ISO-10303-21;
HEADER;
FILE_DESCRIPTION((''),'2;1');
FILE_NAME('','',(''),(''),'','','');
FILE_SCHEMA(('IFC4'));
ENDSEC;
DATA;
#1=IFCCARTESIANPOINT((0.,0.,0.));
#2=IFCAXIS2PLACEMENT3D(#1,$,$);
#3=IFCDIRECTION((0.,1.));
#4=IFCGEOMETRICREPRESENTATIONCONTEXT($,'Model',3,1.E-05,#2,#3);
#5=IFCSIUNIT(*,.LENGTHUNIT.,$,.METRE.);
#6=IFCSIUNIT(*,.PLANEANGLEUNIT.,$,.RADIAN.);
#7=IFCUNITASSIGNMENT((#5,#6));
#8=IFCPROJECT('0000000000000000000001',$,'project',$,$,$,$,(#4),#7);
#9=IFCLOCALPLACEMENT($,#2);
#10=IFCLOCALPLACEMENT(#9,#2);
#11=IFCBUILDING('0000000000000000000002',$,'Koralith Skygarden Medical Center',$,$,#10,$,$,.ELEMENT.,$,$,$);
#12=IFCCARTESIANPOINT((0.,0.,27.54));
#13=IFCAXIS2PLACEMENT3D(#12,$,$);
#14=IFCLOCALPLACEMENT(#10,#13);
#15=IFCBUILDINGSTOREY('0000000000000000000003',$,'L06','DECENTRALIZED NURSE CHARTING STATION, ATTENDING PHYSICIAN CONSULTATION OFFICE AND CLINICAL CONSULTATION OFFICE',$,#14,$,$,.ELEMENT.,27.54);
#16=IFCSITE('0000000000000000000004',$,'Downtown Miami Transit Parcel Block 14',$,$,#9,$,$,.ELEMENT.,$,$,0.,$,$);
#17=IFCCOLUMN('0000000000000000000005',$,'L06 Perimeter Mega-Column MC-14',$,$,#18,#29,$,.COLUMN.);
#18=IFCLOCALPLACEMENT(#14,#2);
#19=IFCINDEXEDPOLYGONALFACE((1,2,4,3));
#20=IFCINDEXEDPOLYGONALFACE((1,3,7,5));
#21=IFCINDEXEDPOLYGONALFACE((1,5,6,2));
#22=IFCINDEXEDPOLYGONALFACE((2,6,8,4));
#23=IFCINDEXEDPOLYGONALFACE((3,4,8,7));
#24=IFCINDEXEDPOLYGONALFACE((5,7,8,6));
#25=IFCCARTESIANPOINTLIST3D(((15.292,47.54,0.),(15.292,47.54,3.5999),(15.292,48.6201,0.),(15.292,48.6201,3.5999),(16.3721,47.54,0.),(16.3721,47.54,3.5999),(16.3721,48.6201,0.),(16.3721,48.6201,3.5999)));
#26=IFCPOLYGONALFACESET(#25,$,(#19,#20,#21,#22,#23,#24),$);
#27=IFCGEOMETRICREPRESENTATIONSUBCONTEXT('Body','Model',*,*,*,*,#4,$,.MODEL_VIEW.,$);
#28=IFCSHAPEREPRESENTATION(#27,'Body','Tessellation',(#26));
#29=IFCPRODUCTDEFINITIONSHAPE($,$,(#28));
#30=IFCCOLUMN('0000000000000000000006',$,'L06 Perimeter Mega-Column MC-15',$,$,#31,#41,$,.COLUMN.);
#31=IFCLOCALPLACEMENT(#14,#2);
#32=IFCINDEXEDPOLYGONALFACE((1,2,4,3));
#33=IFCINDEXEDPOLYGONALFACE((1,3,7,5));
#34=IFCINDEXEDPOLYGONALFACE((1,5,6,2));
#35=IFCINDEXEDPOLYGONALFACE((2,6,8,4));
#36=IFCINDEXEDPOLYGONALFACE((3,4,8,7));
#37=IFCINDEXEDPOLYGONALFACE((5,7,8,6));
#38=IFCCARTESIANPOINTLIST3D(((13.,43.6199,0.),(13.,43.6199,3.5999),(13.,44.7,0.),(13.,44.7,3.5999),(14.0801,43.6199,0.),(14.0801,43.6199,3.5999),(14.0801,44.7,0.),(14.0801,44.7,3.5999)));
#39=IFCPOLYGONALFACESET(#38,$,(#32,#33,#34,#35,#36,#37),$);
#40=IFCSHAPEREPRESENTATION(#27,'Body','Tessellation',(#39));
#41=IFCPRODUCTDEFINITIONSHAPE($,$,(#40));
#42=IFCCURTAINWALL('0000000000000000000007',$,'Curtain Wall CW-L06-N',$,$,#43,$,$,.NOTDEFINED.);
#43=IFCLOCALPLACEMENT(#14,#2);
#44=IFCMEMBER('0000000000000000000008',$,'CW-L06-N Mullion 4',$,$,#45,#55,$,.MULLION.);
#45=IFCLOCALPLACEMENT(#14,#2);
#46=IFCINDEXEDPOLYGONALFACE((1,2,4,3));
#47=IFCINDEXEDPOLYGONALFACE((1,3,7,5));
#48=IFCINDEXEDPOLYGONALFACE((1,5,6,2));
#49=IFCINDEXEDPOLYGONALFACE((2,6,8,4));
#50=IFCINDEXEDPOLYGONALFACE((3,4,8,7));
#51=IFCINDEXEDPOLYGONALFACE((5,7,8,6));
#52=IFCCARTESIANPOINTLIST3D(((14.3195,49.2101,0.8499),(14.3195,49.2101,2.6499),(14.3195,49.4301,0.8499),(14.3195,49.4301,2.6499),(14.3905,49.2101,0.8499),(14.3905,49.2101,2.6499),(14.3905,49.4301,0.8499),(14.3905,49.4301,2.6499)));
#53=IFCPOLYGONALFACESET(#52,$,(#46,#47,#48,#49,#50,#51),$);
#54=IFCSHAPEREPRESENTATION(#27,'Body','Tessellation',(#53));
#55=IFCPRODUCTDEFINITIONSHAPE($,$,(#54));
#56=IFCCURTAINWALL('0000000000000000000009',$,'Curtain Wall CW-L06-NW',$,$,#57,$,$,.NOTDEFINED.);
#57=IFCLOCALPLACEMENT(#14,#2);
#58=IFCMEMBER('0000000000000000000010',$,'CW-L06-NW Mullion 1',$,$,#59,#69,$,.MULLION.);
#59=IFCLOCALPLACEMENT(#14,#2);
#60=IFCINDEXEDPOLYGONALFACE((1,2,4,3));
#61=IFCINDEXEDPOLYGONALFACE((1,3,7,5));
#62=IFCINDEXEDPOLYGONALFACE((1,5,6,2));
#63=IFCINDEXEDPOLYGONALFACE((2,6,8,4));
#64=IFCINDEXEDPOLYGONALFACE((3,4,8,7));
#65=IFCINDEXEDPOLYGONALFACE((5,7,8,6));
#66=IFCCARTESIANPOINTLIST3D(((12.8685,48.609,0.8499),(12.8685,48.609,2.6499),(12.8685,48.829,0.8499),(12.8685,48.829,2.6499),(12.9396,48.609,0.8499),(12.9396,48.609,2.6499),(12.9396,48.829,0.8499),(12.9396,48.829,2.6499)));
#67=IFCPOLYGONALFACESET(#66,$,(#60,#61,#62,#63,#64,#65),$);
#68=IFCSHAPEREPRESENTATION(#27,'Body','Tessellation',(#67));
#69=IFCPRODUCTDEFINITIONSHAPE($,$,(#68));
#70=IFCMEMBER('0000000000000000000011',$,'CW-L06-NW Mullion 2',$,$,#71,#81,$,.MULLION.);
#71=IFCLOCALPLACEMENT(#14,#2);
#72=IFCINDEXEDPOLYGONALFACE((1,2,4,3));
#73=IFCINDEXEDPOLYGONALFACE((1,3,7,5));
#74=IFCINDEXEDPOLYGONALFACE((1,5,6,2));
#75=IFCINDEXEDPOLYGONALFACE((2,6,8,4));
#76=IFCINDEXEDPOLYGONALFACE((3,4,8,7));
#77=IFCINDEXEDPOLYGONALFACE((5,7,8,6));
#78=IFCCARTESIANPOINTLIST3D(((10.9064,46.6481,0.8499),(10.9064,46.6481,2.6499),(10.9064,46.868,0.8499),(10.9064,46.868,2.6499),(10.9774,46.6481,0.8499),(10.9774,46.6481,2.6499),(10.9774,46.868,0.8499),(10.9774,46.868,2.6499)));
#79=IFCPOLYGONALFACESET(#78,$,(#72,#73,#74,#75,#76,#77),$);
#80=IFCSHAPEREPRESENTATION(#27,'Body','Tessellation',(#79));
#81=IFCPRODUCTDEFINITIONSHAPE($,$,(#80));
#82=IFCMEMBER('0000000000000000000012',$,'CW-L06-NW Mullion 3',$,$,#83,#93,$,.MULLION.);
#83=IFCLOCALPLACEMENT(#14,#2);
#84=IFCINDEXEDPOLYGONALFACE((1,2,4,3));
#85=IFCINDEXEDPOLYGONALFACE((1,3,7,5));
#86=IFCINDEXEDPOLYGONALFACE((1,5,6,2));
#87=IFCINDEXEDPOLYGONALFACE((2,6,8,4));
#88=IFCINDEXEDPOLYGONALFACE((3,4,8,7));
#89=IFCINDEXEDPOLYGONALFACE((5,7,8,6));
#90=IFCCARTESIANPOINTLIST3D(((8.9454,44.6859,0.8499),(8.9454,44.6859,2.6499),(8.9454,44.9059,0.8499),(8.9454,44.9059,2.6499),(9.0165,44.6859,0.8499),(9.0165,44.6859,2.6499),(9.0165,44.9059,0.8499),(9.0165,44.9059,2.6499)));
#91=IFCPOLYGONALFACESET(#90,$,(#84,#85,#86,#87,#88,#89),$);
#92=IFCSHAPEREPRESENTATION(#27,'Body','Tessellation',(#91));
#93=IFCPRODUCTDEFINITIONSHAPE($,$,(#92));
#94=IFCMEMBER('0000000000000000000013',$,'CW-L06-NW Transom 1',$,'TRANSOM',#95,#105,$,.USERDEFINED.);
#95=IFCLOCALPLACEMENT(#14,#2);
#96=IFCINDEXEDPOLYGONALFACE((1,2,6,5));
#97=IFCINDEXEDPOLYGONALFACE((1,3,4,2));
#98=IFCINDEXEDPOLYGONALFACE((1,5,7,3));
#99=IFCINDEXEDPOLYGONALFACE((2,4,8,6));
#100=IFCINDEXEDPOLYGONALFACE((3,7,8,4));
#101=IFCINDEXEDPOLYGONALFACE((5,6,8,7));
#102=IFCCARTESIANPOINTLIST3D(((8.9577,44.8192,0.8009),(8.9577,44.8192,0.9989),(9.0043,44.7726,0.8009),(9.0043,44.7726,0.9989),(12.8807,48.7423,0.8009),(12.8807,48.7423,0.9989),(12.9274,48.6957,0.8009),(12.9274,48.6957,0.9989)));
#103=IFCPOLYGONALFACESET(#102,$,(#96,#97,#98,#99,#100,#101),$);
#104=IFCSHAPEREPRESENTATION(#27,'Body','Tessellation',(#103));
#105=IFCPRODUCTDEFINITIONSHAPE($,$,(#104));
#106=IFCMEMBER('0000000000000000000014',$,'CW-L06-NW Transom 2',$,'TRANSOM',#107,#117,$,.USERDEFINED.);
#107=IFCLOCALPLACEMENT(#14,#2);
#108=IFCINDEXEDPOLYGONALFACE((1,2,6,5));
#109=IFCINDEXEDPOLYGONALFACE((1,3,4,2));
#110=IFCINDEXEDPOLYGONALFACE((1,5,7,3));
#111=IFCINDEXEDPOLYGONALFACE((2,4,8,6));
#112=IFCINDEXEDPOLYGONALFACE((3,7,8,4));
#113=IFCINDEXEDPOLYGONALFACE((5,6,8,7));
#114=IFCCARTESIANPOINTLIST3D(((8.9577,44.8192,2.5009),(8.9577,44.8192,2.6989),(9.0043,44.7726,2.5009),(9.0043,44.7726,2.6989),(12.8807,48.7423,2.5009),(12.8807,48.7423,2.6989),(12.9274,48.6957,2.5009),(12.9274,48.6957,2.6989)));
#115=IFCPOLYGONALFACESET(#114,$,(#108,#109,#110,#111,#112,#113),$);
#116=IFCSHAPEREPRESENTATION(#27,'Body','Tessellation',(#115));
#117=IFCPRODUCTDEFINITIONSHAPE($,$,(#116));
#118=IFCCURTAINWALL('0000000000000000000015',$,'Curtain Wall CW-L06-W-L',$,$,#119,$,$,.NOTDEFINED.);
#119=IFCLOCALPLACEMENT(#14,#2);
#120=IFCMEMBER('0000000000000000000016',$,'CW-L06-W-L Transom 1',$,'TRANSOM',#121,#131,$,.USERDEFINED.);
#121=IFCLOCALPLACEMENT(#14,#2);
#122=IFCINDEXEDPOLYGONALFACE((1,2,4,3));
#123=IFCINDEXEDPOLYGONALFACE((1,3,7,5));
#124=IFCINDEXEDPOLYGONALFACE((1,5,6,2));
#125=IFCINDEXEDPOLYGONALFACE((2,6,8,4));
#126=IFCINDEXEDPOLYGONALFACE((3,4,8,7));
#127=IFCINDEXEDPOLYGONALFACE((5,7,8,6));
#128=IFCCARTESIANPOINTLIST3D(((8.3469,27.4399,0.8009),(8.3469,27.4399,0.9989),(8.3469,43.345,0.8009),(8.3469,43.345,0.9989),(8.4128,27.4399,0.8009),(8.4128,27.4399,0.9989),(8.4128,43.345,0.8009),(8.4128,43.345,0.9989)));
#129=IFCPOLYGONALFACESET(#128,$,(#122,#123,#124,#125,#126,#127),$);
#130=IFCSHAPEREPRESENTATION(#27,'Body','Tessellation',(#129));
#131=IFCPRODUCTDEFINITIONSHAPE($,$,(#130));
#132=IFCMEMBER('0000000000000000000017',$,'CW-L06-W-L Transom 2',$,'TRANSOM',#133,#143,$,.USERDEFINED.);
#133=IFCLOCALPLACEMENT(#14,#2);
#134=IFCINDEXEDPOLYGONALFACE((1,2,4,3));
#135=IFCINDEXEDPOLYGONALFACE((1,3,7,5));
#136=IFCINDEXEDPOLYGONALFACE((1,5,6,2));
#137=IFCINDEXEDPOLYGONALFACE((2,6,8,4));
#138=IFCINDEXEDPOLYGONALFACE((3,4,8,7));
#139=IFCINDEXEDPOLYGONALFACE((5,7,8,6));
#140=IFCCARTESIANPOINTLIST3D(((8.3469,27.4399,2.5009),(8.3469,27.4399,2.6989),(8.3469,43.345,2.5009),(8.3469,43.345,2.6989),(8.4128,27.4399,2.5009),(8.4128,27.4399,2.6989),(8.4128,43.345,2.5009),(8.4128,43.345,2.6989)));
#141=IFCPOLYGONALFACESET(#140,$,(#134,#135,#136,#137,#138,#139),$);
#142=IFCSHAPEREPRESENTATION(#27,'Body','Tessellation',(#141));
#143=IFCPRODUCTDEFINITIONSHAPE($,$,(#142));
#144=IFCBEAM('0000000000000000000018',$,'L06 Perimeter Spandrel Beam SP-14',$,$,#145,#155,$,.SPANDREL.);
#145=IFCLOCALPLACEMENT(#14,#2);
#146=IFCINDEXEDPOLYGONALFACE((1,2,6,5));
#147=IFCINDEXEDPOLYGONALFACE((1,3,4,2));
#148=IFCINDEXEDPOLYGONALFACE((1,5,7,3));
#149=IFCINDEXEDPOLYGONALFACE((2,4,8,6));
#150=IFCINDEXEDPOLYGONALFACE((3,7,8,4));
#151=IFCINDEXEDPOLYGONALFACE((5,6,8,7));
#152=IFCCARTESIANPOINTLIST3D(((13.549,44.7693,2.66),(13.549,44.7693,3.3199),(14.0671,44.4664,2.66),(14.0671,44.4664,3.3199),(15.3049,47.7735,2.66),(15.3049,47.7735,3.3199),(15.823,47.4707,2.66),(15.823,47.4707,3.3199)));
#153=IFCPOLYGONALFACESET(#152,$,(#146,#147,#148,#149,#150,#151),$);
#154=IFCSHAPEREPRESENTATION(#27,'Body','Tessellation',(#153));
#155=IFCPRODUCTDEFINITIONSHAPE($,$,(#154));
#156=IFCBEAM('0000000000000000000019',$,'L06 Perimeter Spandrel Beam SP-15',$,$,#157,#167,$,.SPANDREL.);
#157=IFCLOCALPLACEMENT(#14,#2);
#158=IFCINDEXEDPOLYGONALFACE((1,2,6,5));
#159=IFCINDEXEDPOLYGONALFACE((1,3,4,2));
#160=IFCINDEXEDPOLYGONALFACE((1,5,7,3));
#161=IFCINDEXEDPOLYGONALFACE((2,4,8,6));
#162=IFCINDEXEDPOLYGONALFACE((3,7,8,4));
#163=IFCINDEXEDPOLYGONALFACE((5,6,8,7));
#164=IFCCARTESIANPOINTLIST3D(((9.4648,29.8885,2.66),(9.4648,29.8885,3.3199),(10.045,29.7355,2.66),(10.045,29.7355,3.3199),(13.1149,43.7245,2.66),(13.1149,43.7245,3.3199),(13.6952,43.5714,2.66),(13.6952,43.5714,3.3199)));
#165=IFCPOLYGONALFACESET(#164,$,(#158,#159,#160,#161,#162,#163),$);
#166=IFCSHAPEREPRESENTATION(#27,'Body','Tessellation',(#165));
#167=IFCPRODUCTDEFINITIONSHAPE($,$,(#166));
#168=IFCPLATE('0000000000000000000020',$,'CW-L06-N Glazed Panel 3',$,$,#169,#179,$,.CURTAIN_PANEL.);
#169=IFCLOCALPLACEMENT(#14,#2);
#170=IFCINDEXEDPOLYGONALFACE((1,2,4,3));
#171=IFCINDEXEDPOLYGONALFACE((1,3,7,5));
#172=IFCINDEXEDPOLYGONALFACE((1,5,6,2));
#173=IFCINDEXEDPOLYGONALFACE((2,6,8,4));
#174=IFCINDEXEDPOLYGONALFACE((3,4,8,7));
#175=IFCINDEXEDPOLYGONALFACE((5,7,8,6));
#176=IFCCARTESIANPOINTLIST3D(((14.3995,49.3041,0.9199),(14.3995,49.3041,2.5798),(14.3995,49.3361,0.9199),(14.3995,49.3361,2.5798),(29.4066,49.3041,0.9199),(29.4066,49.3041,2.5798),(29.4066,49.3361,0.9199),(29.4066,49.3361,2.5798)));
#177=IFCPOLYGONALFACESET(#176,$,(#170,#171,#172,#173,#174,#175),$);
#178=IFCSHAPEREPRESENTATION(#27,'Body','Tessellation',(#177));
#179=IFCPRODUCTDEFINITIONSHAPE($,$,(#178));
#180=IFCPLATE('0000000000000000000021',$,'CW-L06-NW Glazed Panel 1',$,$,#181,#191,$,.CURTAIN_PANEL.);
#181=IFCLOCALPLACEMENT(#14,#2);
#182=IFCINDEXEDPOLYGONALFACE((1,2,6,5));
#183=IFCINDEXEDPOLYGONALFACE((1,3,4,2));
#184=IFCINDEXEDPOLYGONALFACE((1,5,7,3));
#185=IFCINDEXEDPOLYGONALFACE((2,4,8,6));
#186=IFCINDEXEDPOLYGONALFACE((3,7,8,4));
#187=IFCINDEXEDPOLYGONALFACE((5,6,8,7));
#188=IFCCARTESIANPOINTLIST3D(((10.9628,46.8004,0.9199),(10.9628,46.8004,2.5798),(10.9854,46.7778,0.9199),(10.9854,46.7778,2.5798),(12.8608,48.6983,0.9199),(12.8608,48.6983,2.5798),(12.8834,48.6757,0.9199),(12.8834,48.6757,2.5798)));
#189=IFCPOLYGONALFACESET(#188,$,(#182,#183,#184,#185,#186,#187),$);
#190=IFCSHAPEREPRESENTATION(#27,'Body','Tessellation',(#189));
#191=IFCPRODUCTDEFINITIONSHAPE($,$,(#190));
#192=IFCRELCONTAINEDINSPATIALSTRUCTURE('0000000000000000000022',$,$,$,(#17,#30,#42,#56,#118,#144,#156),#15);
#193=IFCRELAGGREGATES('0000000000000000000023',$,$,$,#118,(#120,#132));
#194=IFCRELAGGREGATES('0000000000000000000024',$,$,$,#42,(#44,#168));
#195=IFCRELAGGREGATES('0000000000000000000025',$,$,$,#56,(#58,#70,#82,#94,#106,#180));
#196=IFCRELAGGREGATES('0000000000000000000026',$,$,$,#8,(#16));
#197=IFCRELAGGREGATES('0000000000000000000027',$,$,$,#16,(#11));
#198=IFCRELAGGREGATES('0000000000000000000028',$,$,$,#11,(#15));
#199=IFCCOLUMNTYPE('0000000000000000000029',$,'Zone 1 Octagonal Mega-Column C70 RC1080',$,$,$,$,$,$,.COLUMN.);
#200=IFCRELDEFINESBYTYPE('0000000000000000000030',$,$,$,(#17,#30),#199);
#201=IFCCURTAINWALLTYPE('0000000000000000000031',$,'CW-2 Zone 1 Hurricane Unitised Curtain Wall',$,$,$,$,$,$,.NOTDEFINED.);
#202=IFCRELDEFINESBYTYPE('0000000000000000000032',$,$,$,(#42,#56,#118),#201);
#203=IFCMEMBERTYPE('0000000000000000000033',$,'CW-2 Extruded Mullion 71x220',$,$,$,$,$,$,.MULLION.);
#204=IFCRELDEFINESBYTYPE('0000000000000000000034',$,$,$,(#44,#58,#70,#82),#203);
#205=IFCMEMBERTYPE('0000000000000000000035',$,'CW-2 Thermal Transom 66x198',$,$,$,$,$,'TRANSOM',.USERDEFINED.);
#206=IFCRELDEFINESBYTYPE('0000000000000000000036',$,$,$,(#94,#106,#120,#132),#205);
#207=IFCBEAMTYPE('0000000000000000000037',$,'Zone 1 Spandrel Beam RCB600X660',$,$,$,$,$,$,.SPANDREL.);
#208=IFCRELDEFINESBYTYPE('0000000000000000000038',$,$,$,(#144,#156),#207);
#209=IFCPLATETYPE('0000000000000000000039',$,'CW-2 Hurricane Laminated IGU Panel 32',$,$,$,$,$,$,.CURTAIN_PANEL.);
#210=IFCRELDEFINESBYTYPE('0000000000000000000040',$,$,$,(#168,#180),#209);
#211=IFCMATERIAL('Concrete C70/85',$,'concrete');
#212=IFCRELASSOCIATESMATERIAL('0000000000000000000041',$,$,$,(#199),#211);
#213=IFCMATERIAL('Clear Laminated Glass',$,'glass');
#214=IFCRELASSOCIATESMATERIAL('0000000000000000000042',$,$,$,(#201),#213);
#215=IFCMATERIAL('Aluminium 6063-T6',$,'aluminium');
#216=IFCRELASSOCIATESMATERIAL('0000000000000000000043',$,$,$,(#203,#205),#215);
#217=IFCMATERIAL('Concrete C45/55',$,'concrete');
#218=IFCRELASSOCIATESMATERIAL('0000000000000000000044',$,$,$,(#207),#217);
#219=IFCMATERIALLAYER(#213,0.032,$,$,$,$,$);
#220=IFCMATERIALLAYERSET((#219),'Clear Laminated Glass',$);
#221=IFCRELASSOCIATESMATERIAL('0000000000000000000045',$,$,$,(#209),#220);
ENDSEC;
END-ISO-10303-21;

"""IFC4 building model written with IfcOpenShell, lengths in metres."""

from ifc_helpers import new_model, si_unit, direction, frame, origin, origin_2d, place, context, subcontext, project, spatial, rectangle, extrude, material, layer, layer_set, material_profile, profile_set, type_object, element, aggregate, save


model = new_model("IFC4")

# Units and contexts
model_context = context("Model", 3, precision=1e-05, world=origin(), true_north=direction((0.0, 1.0)))
body_context = subcontext(model_context, "Body", "Model", "MODEL_VIEW")
ifc_project = project(units=[si_unit("LENGTHUNIT", "METRE"), si_unit("PLANEANGLEUNIT", "RADIAN")], contexts=[model_context])

# Site, building, storey
site_placement = place(None, origin())
site = spatial("IfcSite", under=ifc_project, at=site_placement, Name="Downtown Miami Transit Parcel Block 14", CompositionType="ELEMENT", RefElevation=0.0)
building_placement = place(site_placement, origin())
building = spatial("IfcBuilding", under=site, at=building_placement, Name="Koralith Skygarden Medical Center", CompositionType="ELEMENT")
storey_placement = place(building_placement, frame((0.0, 0.0, 27.54)))
storey = spatial("IfcBuildingStorey", under=building, at=storey_placement, Name="L06", Description="DECENTRALIZED NURSE CHARTING STATION, ATTENDING PHYSICIAN CONSULTATION OFFICE AND CLINICAL CONSULTATION OFFICE", CompositionType="ELEMENT", Elevation=27.54)

# Columns
ifc_material_1 = material(Name="Concrete C70/85", Category="concrete")
ifc_material_profile_1 = material_profile(ifc_material_1, rectangle(XDim=1.0801, YDim=1.0801, at=origin_2d()), Name="RC1080X1080")
ifc_profile_set_1 = profile_set([ifc_material_profile_1], Name="Concrete C70/85")
column_type = type_object("IfcColumnType", Name="Zone 1 Octagonal Mega-Column C70 RC1080", PredefinedType="COLUMN", material=ifc_profile_set_1)
for number, where, z_axis, x_axis, name in (
    (1, (15.832, 48.0801, 0.0), (0.0, 0.0, 1.0), (1.0, 0.0, 0.0), "L06 Perimeter Mega-Column MC-14"),
    (2, (13.54, 44.1599, 0.0), (0.0, 0.0, 1.0), (1.0, 0.0, 0.0), "L06 Perimeter Mega-Column MC-15"),
):
    element("IfcColumn", number, at=place(storey_placement, frame(where, z_axis=z_axis, x_axis=x_axis)), inside=storey, type_object=column_type, Name=name, PredefinedType="COLUMN", context=body_context, shape_type="SweptSolid", body=[
        extrude(rectangle(XDim=1.0801, YDim=1.0801, at=origin_2d()), origin(), (0.0, 0.0, 1.0), 3.5999),
    ])

# Curtain wall, member
ifc_material_2 = material(Name="Clear Laminated Glass", Category="glass")
curtain_wall_type = type_object("IfcCurtainWallType", Name="CW-2 Zone 1 Hurricane Unitised Curtain Wall", PredefinedType="NOTDEFINED", material=ifc_material_2)
curtain_wall_1_placement = place(storey_placement, origin())
curtain_wall_1 = element("IfcCurtainWall", 3, at=curtain_wall_1_placement, inside=storey, type_object=curtain_wall_type, Name="Curtain Wall CW-L06-N", PredefinedType="NOTDEFINED")
ifc_material_3 = material(Name="Aluminium 6063-T6", Category="aluminium")
ifc_material_profile_2 = material_profile(ifc_material_3, rectangle(XDim=0.071, YDim=0.22, at=origin_2d()), Name="MUL71X220")
ifc_profile_set_2 = profile_set([ifc_material_profile_2], Name="Aluminium 6063-T6")
member_type_1 = type_object("IfcMemberType", Name="CW-2 Extruded Mullion 71x220", PredefinedType="MULLION", material=ifc_profile_set_2)
member_1_placement = place(storey_placement, frame((14.355, 49.3201, 0.8499), z_axis=(0.0, 0.0, 1.0), x_axis=(1.0, 0.0, 0.0)))
member_1 = element("IfcMember", 4, at=member_1_placement, type_object=member_type_1, Name="CW-L06-N Mullion 4", PredefinedType="MULLION", context=body_context, shape_type="SweptSolid", body=[
    extrude(rectangle(XDim=0.071, YDim=0.22, at=origin_2d()), origin(), (0.0, 0.0, 1.0), 1.8),
])

# Curtain walls, members
curtain_wall_2_placement = place(storey_placement, origin())
curtain_wall_2 = element("IfcCurtainWall", 5, at=curtain_wall_2_placement, inside=storey, type_object=curtain_wall_type, Name="Curtain Wall CW-L06-NW", PredefinedType="NOTDEFINED")
member_2_placement = place(storey_placement, frame((12.9041, 48.719, 0.8499), z_axis=(0.0, 0.0, 1.0), x_axis=(1.0, 0.0, 0.0)))
member_2 = element("IfcMember", 6, at=member_2_placement, type_object=member_type_1, Name="CW-L06-NW Mullion 1", PredefinedType="MULLION", context=body_context, shape_type="SweptSolid", body=[
    extrude(rectangle(XDim=0.071, YDim=0.22, at=origin_2d()), origin(), (0.0, 0.0, 1.0), 1.8),
])
member_3_placement = place(storey_placement, frame((10.9419, 46.7581, 0.8499), z_axis=(0.0, 0.0, 1.0), x_axis=(1.0, 0.0, 0.0)))
member_3 = element("IfcMember", 7, at=member_3_placement, type_object=member_type_1, Name="CW-L06-NW Mullion 2", PredefinedType="MULLION", context=body_context, shape_type="SweptSolid", body=[
    extrude(rectangle(XDim=0.071, YDim=0.22, at=origin_2d()), origin(), (0.0, 0.0, 1.0), 1.8),
])
member_4_placement = place(storey_placement, frame((8.981, 44.7959, 0.8499), z_axis=(0.0, 0.0, 1.0), x_axis=(1.0, 0.0, 0.0)))
member_4 = element("IfcMember", 8, at=member_4_placement, type_object=member_type_1, Name="CW-L06-NW Mullion 3", PredefinedType="MULLION", context=body_context, shape_type="SweptSolid", body=[
    extrude(rectangle(XDim=0.071, YDim=0.22, at=origin_2d()), origin(), (0.0, 0.0, 1.0), 1.8),
])
ifc_material_profile_3 = material_profile(ifc_material_3, rectangle(XDim=0.0659, YDim=0.198, at=origin_2d()), Name="TRN66X198")
ifc_profile_set_3 = profile_set([ifc_material_profile_3], Name="Aluminium 6063-T6")
member_type_2 = type_object("IfcMemberType", Name="CW-2 Thermal Transom 66x198", ElementType="TRANSOM", PredefinedType="USERDEFINED", material=ifc_profile_set_3)
member_5_placement = place(storey_placement, frame((12.9041, 48.719, 0.8999), z_axis=(-0.707107, -0.707107, 0.0), x_axis=(0.707107, -0.707107, 0.0)))
member_5 = element("IfcMember", 9, at=member_5_placement, type_object=member_type_2, Name="CW-L06-NW Transom 1", ObjectType="TRANSOM", PredefinedType="USERDEFINED", context=body_context, shape_type="SweptSolid", body=[
    extrude(rectangle(XDim=0.0659, YDim=0.198, at=origin_2d()), origin(), (0.0, 0.0, 1.0), 5.5481),
])
member_6_placement = place(storey_placement, frame((12.9041, 48.719, 2.5999), z_axis=(-0.707107, -0.707107, 0.0), x_axis=(0.707107, -0.707107, 0.0)))
member_6 = element("IfcMember", 10, at=member_6_placement, type_object=member_type_2, Name="CW-L06-NW Transom 2", ObjectType="TRANSOM", PredefinedType="USERDEFINED", context=body_context, shape_type="SweptSolid", body=[
    extrude(rectangle(XDim=0.0659, YDim=0.198, at=origin_2d()), origin(), (0.0, 0.0, 1.0), 5.5481),
])
curtain_wall_3_placement = place(storey_placement, origin())
curtain_wall_3 = element("IfcCurtainWall", 11, at=curtain_wall_3_placement, inside=storey, type_object=curtain_wall_type, Name="Curtain Wall CW-L06-W-L", PredefinedType="NOTDEFINED")
member_7_placement = place(storey_placement, frame((8.3799, 43.345, 0.8999), z_axis=(0.0, -1.0, 0.0), x_axis=(1.0, 0.0, 0.0)))
member_7 = element("IfcMember", 12, at=member_7_placement, type_object=member_type_2, Name="CW-L06-W-L Transom 1", ObjectType="TRANSOM", PredefinedType="USERDEFINED", context=body_context, shape_type="SweptSolid", body=[
    extrude(rectangle(XDim=0.0659, YDim=0.198, at=origin_2d()), origin(), (0.0, 0.0, 1.0), 15.905),
])
member_8_placement = place(storey_placement, frame((8.3799, 43.345, 2.5999), z_axis=(0.0, -1.0, 0.0), x_axis=(1.0, 0.0, 0.0)))
member_8 = element("IfcMember", 13, at=member_8_placement, type_object=member_type_2, Name="CW-L06-W-L Transom 2", ObjectType="TRANSOM", PredefinedType="USERDEFINED", context=body_context, shape_type="SweptSolid", body=[
    extrude(rectangle(XDim=0.0659, YDim=0.198, at=origin_2d()), origin(), (0.0, 0.0, 1.0), 15.905),
])
aggregate(curtain_wall_3, [member_7, member_8])

# Beams
ifc_material_4 = material(Name="Concrete C45/55", Category="concrete")
ifc_material_profile_4 = material_profile(ifc_material_4, rectangle(XDim=0.6001, YDim=0.6599, at=origin_2d()), Name="RCB600X660")
ifc_profile_set_4 = profile_set([ifc_material_profile_4], Name="Concrete C45/55")
beam_type = type_object("IfcBeamType", Name="Zone 1 Spandrel Beam RCB600X660", PredefinedType="SPANDREL", material=ifc_profile_set_4)
beam_1_placement = place(storey_placement, frame((15.564, 47.6221, 2.99), z_axis=(-0.504608, -0.863349, 0.0), x_axis=(0.863349, -0.504608, 0.0)))
element("IfcBeam", 14, at=beam_1_placement, inside=storey, type_object=beam_type, Name="L06 Perimeter Spandrel Beam SP-14", PredefinedType="SPANDREL", context=body_context, shape_type="SweptSolid", body=[
    extrude(rectangle(XDim=0.6001, YDim=0.6599, at=origin_2d()), origin(), (0.0, 0.0, 1.0), 3.4797),
])
beam_2_placement = place(storey_placement, frame((13.405, 43.6479, 2.99), z_axis=(-0.255089, -0.966918, 0.0), x_axis=(0.966918, -0.255089, 0.0)))
element("IfcBeam", 15, at=beam_2_placement, inside=storey, type_object=beam_type, Name="L06 Perimeter Spandrel Beam SP-15", PredefinedType="SPANDREL", context=body_context, shape_type="SweptSolid", body=[
    extrude(rectangle(XDim=0.6001, YDim=0.6599, at=origin_2d()), origin(), (0.0, 0.0, 1.0), 14.3093),
])

# Plates
ifc_layer_1 = layer(ifc_material_2, 0.032)
ifc_layer_set_1 = layer_set([ifc_layer_1], Name="Clear Laminated Glass")
plate_type_1 = type_object("IfcPlateType", Name="CW-2 Hurricane Laminated IGU Panel 32", PredefinedType="CURTAIN_PANEL", material=ifc_layer_set_1)
plate_1_placement = place(storey_placement, frame((21.9031, 49.3201, 0.9199), z_axis=(0.0, 0.0, 1.0), x_axis=(-1.0, 0.0, 0.0)))
plate_1 = element("IfcPlate", 16, at=plate_1_placement, type_object=plate_type_1, Name="CW-L06-N Glazed Panel 3", PredefinedType="CURTAIN_PANEL", context=body_context, shape_type="SweptSolid", body=[
    extrude(rectangle(XDim=15.0071, YDim=0.032, at=origin_2d()), origin(), (0.0, 0.0, 1.0), 1.6599),
])
aggregate(curtain_wall_1, [member_1, plate_1])
plate_2_placement = place(storey_placement, frame((11.9231, 47.738, 0.9199), z_axis=(0.0, 0.0, 1.0), x_axis=(-0.707107, -0.707107, 0.0)))
plate_2 = element("IfcPlate", 17, at=plate_2_placement, type_object=plate_type_1, Name="CW-L06-NW Glazed Panel 1", PredefinedType="CURTAIN_PANEL", context=body_context, shape_type="SweptSolid", body=[
    extrude(rectangle(XDim=2.6841, YDim=0.032, at=origin_2d()), origin(), (0.0, 0.0, 1.0), 1.6599),
])
aggregate(curtain_wall_2, [member_2, member_3, member_4, member_5, member_6, plate_2])

save(model, "model.ifc")
